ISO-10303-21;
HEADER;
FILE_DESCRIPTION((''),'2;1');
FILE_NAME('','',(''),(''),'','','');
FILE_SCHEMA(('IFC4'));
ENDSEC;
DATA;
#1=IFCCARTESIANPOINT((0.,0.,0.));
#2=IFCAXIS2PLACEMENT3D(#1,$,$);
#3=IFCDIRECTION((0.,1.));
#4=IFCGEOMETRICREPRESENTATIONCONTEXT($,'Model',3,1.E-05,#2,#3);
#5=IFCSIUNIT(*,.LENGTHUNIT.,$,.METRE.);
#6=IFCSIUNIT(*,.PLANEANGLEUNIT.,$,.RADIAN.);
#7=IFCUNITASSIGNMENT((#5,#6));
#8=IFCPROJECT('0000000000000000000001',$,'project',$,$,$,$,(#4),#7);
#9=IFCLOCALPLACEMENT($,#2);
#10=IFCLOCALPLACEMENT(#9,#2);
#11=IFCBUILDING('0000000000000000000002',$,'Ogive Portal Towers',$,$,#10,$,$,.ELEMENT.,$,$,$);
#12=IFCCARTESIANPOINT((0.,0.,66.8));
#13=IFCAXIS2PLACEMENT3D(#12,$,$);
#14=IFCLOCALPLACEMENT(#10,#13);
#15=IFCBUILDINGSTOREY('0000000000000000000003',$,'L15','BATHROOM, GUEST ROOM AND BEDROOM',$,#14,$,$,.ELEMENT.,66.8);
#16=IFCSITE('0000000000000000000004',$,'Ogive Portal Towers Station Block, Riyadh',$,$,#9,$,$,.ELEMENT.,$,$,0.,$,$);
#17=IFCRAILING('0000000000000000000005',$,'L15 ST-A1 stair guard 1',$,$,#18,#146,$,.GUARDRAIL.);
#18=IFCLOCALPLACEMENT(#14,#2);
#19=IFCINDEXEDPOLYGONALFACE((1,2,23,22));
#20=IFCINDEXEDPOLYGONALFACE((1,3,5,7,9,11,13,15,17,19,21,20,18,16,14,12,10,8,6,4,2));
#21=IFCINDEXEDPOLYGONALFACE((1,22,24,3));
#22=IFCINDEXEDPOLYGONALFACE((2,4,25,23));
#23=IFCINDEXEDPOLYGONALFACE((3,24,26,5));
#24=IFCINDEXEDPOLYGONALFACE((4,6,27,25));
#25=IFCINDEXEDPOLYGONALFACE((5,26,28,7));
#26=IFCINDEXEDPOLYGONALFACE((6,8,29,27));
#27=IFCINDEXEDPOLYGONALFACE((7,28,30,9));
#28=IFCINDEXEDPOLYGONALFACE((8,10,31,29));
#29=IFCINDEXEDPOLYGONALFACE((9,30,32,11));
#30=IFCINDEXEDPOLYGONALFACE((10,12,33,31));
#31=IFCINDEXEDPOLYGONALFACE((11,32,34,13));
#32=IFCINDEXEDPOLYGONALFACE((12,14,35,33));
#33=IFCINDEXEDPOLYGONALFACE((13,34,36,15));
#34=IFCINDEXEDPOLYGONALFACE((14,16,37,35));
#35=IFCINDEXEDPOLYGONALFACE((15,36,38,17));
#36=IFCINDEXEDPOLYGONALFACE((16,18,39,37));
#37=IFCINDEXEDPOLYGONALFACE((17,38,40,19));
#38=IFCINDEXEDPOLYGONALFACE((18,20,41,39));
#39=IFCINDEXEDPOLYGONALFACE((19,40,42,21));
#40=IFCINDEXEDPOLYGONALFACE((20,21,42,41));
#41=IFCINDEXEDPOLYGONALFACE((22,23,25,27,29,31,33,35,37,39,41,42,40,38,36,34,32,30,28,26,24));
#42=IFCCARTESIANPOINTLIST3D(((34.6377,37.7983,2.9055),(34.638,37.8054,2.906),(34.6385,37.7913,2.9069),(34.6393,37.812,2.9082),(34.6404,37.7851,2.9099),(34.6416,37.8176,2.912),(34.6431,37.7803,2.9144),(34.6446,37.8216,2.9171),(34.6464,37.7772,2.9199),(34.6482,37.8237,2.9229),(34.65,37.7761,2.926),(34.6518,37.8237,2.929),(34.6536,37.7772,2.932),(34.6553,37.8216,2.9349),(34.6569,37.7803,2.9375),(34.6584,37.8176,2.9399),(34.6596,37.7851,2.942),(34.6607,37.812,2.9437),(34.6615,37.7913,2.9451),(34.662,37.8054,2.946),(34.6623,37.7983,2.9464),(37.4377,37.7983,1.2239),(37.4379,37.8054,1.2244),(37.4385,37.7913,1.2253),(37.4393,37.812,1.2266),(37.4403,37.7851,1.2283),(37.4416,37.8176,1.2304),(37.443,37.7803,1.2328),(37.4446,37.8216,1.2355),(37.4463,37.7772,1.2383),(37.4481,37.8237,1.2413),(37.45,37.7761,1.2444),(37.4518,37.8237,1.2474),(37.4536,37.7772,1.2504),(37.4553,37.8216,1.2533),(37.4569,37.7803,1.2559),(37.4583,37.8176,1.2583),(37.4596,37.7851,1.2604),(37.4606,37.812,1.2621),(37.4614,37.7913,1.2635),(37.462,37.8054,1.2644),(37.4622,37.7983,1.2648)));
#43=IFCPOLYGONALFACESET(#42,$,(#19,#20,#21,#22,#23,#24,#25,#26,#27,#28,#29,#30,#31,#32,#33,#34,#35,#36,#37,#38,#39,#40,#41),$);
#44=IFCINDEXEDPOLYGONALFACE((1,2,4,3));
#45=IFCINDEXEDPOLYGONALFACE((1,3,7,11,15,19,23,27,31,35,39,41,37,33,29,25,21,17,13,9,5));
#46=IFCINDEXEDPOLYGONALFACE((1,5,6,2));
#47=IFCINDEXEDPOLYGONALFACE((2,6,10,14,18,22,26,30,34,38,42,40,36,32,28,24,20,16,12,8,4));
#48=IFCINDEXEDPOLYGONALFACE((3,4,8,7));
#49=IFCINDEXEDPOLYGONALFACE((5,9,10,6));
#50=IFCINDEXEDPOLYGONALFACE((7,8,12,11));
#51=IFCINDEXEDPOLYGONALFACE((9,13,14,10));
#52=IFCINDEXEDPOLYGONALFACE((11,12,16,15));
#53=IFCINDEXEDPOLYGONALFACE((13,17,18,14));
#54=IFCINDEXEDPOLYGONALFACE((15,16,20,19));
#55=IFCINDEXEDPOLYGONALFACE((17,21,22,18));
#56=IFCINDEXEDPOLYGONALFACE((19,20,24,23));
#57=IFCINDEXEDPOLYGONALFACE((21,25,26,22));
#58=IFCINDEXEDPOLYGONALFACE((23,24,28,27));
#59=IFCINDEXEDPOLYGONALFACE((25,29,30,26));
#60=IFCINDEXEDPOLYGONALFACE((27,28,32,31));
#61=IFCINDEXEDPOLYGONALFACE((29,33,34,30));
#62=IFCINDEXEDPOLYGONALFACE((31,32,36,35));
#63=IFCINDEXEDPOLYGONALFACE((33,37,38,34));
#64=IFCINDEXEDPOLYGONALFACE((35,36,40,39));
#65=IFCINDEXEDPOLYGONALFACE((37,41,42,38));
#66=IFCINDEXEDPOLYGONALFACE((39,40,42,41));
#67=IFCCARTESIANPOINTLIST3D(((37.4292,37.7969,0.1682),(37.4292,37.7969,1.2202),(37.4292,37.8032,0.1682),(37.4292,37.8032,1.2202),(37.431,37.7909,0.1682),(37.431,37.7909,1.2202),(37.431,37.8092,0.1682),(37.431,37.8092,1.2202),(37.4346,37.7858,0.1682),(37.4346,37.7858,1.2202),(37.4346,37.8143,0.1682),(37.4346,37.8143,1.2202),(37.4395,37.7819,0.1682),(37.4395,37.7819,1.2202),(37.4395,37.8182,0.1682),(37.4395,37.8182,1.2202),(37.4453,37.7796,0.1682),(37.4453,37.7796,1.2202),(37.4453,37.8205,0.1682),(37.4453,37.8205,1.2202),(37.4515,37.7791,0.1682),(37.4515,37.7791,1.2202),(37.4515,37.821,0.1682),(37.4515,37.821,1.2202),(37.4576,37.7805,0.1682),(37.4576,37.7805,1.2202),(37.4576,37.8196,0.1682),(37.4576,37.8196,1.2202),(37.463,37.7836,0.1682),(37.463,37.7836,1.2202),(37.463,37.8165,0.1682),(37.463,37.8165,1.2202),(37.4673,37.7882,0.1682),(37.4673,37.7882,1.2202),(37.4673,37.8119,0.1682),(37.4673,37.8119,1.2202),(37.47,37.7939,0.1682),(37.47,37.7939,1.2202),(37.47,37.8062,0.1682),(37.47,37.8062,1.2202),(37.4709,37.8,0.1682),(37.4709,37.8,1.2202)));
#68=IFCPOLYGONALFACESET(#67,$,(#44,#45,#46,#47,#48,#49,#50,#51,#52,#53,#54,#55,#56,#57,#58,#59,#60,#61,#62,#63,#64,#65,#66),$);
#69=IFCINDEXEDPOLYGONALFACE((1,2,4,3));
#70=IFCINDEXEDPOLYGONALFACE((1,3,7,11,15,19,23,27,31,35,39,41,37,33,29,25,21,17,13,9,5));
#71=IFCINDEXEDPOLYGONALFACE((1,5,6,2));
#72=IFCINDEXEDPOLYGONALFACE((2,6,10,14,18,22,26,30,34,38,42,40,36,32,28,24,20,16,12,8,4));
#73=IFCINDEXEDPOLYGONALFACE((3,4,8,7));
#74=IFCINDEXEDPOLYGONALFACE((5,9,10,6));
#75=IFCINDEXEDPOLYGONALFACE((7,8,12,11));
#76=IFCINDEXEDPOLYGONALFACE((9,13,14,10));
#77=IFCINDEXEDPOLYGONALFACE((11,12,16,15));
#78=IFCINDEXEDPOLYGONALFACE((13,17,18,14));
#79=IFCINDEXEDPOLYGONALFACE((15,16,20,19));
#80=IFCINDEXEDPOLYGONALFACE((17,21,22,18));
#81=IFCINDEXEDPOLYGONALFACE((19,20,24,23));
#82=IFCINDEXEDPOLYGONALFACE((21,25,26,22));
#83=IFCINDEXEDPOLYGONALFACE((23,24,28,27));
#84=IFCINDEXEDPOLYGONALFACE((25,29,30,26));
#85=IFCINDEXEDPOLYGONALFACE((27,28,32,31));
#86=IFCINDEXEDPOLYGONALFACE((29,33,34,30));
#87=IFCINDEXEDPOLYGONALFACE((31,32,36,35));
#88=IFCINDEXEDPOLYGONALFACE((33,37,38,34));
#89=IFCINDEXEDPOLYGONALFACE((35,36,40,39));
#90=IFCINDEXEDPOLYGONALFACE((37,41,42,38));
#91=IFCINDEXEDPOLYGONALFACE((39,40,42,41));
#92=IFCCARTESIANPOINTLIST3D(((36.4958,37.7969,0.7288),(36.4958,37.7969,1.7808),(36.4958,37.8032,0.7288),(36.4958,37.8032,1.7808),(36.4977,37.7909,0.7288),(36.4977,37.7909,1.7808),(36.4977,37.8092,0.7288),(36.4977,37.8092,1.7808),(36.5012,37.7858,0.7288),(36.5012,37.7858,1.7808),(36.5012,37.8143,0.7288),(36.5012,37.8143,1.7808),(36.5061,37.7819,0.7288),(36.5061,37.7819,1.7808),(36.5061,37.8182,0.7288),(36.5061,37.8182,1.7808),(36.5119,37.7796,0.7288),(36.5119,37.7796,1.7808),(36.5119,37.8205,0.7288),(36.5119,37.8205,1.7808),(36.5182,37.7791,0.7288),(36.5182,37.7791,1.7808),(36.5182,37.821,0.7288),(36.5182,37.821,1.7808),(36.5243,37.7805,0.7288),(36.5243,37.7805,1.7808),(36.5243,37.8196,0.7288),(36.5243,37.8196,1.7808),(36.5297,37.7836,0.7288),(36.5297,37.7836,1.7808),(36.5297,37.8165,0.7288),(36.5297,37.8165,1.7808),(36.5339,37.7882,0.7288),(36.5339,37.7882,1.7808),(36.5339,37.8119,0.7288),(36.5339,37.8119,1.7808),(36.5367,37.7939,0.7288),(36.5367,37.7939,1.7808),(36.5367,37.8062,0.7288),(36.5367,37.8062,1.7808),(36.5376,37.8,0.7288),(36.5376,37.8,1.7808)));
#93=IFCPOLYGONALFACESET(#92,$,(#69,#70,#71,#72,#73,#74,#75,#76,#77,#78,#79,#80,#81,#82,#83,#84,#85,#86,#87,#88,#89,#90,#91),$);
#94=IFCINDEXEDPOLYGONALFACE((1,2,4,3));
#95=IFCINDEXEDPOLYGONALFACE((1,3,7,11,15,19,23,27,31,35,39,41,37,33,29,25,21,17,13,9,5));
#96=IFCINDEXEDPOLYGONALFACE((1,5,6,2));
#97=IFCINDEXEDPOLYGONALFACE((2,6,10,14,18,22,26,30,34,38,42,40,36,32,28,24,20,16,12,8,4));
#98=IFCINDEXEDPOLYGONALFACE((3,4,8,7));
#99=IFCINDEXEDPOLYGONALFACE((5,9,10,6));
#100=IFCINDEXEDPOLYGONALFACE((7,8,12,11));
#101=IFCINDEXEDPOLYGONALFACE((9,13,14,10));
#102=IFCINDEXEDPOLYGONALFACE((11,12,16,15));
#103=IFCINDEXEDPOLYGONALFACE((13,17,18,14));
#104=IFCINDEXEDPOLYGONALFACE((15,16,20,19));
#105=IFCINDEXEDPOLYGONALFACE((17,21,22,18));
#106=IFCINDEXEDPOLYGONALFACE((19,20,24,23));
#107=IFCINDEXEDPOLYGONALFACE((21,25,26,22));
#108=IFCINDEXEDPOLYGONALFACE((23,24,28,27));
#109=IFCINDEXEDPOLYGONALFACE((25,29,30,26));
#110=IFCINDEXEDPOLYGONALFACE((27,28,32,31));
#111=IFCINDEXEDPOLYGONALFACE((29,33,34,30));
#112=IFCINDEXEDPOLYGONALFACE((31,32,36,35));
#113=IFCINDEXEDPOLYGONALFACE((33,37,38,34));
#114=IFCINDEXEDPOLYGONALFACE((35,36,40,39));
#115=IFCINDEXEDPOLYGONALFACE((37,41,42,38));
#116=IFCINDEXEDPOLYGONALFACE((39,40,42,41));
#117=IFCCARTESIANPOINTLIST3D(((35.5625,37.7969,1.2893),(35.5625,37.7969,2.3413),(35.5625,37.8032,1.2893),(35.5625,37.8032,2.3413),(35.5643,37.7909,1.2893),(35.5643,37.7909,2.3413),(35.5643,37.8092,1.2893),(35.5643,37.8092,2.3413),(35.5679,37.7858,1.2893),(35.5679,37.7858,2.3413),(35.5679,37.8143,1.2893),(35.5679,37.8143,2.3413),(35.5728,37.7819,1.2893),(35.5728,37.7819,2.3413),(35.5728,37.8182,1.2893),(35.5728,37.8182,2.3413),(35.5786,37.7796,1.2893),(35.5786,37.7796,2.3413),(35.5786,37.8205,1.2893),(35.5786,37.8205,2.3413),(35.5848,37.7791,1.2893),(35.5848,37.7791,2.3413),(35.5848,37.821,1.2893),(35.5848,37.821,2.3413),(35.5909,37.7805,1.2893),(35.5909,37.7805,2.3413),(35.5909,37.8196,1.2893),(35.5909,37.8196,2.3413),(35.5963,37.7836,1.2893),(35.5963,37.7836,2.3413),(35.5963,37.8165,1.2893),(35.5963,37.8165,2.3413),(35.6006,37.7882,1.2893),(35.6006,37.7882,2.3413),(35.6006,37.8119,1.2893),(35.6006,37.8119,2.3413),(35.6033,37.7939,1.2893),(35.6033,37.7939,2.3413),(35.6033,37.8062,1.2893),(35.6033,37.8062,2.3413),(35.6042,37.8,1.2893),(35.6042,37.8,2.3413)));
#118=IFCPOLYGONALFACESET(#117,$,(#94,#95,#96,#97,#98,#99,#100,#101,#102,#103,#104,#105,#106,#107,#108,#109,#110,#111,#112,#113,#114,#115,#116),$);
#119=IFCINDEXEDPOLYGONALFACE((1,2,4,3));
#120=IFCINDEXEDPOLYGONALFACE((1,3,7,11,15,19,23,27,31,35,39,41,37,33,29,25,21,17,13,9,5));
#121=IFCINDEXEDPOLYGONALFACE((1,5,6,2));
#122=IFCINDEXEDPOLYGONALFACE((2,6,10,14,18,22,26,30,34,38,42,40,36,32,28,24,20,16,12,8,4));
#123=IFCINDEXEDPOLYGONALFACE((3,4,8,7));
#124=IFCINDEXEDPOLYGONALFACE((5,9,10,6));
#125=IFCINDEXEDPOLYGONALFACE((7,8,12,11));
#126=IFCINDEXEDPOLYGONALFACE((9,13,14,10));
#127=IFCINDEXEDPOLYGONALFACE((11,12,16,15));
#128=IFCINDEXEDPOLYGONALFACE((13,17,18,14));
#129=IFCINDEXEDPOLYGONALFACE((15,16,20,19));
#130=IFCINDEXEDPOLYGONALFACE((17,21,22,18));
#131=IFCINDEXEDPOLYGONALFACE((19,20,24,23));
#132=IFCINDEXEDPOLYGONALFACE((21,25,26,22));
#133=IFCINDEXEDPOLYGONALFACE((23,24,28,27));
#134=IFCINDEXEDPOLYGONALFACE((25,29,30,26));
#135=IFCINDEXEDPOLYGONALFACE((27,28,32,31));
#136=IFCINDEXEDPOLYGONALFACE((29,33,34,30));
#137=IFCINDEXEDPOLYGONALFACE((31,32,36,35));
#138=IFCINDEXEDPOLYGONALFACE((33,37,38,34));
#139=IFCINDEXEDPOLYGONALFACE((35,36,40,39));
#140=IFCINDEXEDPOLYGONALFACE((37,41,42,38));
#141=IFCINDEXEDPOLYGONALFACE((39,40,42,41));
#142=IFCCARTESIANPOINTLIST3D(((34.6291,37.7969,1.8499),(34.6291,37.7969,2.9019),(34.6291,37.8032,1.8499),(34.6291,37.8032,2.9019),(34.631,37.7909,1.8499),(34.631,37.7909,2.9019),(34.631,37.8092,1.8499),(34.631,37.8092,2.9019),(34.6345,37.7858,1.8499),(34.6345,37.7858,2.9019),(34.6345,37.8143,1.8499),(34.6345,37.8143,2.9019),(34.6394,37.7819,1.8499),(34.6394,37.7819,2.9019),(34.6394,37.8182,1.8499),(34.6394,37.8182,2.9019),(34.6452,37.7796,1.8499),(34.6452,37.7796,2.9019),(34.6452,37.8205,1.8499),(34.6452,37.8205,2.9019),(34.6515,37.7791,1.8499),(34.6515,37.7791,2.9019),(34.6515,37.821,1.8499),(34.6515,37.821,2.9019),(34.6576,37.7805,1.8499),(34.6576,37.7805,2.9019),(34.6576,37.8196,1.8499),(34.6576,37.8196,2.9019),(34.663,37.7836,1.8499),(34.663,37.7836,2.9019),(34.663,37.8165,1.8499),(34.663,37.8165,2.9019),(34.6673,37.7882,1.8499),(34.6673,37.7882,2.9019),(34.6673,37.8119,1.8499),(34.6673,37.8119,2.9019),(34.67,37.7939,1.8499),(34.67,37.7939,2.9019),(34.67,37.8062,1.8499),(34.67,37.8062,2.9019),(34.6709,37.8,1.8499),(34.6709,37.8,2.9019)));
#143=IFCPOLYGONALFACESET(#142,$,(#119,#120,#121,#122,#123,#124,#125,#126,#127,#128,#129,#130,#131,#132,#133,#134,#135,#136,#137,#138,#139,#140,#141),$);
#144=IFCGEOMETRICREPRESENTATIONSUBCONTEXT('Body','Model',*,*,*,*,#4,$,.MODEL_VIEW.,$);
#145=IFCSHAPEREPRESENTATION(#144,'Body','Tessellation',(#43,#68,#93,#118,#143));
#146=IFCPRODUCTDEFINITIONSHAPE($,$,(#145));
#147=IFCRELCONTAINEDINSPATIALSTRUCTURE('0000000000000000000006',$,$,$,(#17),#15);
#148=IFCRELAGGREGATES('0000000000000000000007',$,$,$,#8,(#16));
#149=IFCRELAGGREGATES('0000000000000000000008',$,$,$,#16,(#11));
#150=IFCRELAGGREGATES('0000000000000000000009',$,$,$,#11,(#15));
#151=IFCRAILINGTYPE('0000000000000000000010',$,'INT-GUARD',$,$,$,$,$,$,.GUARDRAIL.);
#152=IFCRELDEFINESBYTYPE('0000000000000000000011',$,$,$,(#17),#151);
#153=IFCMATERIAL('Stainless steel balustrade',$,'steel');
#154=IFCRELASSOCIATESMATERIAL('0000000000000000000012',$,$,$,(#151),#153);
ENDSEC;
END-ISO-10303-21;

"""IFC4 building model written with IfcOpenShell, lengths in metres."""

from ifc_helpers import new_model, si_unit, direction, frame, origin, origin_2d, place, context, subcontext, project, spatial, circle, extrude, material, type_object, element, save


model = new_model("IFC4")

# Units and contexts
model_context = context("Model", 3, precision=1e-05, world=origin(), true_north=direction((0.0, 1.0)))
body_context = subcontext(model_context, "Body", "Model", "MODEL_VIEW")
ifc_project = project(units=[si_unit("LENGTHUNIT", "METRE"), si_unit("PLANEANGLEUNIT", "RADIAN")], contexts=[model_context])

# Site, building, storey
site_placement = place(None, origin())
site = spatial("IfcSite", under=ifc_project, at=site_placement, Name="Ogive Portal Towers Station Block, Riyadh", CompositionType="ELEMENT", RefElevation=0.0)
building_placement = place(site_placement, origin())
building = spatial("IfcBuilding", under=site, at=building_placement, Name="Ogive Portal Towers", CompositionType="ELEMENT")
storey_placement = place(building_placement, frame((0.0, 0.0, 66.8)))
storey = spatial("IfcBuildingStorey", under=building, at=storey_placement, Name="L15", Description="BATHROOM, GUEST ROOM AND BEDROOM", CompositionType="ELEMENT", Elevation=66.8)

# Railing
ifc_material_1 = material(Name="Stainless steel balustrade", Category="steel")
railing_type_1 = type_object("IfcRailingType", Name="INT-GUARD", PredefinedType="GUARDRAIL", material=ifc_material_1)
railing_1_placement = place(storey_placement, frame((37.45, 37.8, 0.1682)))
element("IfcRailing", 1, at=railing_1_placement, inside=storey, type_object=railing_type_1, Name="L15 ST-A1 stair guard 1", PredefinedType="GUARDRAIL", context=body_context, shape_type="SweptSolid", body=[
    extrude(circle(Radius=0.0239, at=origin_2d()), frame((0.0, 0.0, 1.0762), z_axis=(-0.857275, 0.0, 0.514858), x_axis=(0.0, -1.0, 0.0)), (0.0, 0.0, 1.0), 3.2661),
    extrude(circle(Radius=0.021, at=origin_2d()), origin(), (0.0, 0.0, 1.0), 1.052),
    extrude(circle(Radius=0.021, at=origin_2d()), frame((-0.9333, 0.0, 0.5605)), (0.0, 0.0, 1.0), 1.052),
    extrude(circle(Radius=0.021, at=origin_2d()), frame((-1.8667, 0.0, 1.1211)), (0.0, 0.0, 1.0), 1.052),
    extrude(circle(Radius=0.021, at=origin_2d()), frame((-2.8, 0.0, 1.6816)), (0.0, 0.0, 1.0), 1.052),
])

save(model, "model.ifc")
